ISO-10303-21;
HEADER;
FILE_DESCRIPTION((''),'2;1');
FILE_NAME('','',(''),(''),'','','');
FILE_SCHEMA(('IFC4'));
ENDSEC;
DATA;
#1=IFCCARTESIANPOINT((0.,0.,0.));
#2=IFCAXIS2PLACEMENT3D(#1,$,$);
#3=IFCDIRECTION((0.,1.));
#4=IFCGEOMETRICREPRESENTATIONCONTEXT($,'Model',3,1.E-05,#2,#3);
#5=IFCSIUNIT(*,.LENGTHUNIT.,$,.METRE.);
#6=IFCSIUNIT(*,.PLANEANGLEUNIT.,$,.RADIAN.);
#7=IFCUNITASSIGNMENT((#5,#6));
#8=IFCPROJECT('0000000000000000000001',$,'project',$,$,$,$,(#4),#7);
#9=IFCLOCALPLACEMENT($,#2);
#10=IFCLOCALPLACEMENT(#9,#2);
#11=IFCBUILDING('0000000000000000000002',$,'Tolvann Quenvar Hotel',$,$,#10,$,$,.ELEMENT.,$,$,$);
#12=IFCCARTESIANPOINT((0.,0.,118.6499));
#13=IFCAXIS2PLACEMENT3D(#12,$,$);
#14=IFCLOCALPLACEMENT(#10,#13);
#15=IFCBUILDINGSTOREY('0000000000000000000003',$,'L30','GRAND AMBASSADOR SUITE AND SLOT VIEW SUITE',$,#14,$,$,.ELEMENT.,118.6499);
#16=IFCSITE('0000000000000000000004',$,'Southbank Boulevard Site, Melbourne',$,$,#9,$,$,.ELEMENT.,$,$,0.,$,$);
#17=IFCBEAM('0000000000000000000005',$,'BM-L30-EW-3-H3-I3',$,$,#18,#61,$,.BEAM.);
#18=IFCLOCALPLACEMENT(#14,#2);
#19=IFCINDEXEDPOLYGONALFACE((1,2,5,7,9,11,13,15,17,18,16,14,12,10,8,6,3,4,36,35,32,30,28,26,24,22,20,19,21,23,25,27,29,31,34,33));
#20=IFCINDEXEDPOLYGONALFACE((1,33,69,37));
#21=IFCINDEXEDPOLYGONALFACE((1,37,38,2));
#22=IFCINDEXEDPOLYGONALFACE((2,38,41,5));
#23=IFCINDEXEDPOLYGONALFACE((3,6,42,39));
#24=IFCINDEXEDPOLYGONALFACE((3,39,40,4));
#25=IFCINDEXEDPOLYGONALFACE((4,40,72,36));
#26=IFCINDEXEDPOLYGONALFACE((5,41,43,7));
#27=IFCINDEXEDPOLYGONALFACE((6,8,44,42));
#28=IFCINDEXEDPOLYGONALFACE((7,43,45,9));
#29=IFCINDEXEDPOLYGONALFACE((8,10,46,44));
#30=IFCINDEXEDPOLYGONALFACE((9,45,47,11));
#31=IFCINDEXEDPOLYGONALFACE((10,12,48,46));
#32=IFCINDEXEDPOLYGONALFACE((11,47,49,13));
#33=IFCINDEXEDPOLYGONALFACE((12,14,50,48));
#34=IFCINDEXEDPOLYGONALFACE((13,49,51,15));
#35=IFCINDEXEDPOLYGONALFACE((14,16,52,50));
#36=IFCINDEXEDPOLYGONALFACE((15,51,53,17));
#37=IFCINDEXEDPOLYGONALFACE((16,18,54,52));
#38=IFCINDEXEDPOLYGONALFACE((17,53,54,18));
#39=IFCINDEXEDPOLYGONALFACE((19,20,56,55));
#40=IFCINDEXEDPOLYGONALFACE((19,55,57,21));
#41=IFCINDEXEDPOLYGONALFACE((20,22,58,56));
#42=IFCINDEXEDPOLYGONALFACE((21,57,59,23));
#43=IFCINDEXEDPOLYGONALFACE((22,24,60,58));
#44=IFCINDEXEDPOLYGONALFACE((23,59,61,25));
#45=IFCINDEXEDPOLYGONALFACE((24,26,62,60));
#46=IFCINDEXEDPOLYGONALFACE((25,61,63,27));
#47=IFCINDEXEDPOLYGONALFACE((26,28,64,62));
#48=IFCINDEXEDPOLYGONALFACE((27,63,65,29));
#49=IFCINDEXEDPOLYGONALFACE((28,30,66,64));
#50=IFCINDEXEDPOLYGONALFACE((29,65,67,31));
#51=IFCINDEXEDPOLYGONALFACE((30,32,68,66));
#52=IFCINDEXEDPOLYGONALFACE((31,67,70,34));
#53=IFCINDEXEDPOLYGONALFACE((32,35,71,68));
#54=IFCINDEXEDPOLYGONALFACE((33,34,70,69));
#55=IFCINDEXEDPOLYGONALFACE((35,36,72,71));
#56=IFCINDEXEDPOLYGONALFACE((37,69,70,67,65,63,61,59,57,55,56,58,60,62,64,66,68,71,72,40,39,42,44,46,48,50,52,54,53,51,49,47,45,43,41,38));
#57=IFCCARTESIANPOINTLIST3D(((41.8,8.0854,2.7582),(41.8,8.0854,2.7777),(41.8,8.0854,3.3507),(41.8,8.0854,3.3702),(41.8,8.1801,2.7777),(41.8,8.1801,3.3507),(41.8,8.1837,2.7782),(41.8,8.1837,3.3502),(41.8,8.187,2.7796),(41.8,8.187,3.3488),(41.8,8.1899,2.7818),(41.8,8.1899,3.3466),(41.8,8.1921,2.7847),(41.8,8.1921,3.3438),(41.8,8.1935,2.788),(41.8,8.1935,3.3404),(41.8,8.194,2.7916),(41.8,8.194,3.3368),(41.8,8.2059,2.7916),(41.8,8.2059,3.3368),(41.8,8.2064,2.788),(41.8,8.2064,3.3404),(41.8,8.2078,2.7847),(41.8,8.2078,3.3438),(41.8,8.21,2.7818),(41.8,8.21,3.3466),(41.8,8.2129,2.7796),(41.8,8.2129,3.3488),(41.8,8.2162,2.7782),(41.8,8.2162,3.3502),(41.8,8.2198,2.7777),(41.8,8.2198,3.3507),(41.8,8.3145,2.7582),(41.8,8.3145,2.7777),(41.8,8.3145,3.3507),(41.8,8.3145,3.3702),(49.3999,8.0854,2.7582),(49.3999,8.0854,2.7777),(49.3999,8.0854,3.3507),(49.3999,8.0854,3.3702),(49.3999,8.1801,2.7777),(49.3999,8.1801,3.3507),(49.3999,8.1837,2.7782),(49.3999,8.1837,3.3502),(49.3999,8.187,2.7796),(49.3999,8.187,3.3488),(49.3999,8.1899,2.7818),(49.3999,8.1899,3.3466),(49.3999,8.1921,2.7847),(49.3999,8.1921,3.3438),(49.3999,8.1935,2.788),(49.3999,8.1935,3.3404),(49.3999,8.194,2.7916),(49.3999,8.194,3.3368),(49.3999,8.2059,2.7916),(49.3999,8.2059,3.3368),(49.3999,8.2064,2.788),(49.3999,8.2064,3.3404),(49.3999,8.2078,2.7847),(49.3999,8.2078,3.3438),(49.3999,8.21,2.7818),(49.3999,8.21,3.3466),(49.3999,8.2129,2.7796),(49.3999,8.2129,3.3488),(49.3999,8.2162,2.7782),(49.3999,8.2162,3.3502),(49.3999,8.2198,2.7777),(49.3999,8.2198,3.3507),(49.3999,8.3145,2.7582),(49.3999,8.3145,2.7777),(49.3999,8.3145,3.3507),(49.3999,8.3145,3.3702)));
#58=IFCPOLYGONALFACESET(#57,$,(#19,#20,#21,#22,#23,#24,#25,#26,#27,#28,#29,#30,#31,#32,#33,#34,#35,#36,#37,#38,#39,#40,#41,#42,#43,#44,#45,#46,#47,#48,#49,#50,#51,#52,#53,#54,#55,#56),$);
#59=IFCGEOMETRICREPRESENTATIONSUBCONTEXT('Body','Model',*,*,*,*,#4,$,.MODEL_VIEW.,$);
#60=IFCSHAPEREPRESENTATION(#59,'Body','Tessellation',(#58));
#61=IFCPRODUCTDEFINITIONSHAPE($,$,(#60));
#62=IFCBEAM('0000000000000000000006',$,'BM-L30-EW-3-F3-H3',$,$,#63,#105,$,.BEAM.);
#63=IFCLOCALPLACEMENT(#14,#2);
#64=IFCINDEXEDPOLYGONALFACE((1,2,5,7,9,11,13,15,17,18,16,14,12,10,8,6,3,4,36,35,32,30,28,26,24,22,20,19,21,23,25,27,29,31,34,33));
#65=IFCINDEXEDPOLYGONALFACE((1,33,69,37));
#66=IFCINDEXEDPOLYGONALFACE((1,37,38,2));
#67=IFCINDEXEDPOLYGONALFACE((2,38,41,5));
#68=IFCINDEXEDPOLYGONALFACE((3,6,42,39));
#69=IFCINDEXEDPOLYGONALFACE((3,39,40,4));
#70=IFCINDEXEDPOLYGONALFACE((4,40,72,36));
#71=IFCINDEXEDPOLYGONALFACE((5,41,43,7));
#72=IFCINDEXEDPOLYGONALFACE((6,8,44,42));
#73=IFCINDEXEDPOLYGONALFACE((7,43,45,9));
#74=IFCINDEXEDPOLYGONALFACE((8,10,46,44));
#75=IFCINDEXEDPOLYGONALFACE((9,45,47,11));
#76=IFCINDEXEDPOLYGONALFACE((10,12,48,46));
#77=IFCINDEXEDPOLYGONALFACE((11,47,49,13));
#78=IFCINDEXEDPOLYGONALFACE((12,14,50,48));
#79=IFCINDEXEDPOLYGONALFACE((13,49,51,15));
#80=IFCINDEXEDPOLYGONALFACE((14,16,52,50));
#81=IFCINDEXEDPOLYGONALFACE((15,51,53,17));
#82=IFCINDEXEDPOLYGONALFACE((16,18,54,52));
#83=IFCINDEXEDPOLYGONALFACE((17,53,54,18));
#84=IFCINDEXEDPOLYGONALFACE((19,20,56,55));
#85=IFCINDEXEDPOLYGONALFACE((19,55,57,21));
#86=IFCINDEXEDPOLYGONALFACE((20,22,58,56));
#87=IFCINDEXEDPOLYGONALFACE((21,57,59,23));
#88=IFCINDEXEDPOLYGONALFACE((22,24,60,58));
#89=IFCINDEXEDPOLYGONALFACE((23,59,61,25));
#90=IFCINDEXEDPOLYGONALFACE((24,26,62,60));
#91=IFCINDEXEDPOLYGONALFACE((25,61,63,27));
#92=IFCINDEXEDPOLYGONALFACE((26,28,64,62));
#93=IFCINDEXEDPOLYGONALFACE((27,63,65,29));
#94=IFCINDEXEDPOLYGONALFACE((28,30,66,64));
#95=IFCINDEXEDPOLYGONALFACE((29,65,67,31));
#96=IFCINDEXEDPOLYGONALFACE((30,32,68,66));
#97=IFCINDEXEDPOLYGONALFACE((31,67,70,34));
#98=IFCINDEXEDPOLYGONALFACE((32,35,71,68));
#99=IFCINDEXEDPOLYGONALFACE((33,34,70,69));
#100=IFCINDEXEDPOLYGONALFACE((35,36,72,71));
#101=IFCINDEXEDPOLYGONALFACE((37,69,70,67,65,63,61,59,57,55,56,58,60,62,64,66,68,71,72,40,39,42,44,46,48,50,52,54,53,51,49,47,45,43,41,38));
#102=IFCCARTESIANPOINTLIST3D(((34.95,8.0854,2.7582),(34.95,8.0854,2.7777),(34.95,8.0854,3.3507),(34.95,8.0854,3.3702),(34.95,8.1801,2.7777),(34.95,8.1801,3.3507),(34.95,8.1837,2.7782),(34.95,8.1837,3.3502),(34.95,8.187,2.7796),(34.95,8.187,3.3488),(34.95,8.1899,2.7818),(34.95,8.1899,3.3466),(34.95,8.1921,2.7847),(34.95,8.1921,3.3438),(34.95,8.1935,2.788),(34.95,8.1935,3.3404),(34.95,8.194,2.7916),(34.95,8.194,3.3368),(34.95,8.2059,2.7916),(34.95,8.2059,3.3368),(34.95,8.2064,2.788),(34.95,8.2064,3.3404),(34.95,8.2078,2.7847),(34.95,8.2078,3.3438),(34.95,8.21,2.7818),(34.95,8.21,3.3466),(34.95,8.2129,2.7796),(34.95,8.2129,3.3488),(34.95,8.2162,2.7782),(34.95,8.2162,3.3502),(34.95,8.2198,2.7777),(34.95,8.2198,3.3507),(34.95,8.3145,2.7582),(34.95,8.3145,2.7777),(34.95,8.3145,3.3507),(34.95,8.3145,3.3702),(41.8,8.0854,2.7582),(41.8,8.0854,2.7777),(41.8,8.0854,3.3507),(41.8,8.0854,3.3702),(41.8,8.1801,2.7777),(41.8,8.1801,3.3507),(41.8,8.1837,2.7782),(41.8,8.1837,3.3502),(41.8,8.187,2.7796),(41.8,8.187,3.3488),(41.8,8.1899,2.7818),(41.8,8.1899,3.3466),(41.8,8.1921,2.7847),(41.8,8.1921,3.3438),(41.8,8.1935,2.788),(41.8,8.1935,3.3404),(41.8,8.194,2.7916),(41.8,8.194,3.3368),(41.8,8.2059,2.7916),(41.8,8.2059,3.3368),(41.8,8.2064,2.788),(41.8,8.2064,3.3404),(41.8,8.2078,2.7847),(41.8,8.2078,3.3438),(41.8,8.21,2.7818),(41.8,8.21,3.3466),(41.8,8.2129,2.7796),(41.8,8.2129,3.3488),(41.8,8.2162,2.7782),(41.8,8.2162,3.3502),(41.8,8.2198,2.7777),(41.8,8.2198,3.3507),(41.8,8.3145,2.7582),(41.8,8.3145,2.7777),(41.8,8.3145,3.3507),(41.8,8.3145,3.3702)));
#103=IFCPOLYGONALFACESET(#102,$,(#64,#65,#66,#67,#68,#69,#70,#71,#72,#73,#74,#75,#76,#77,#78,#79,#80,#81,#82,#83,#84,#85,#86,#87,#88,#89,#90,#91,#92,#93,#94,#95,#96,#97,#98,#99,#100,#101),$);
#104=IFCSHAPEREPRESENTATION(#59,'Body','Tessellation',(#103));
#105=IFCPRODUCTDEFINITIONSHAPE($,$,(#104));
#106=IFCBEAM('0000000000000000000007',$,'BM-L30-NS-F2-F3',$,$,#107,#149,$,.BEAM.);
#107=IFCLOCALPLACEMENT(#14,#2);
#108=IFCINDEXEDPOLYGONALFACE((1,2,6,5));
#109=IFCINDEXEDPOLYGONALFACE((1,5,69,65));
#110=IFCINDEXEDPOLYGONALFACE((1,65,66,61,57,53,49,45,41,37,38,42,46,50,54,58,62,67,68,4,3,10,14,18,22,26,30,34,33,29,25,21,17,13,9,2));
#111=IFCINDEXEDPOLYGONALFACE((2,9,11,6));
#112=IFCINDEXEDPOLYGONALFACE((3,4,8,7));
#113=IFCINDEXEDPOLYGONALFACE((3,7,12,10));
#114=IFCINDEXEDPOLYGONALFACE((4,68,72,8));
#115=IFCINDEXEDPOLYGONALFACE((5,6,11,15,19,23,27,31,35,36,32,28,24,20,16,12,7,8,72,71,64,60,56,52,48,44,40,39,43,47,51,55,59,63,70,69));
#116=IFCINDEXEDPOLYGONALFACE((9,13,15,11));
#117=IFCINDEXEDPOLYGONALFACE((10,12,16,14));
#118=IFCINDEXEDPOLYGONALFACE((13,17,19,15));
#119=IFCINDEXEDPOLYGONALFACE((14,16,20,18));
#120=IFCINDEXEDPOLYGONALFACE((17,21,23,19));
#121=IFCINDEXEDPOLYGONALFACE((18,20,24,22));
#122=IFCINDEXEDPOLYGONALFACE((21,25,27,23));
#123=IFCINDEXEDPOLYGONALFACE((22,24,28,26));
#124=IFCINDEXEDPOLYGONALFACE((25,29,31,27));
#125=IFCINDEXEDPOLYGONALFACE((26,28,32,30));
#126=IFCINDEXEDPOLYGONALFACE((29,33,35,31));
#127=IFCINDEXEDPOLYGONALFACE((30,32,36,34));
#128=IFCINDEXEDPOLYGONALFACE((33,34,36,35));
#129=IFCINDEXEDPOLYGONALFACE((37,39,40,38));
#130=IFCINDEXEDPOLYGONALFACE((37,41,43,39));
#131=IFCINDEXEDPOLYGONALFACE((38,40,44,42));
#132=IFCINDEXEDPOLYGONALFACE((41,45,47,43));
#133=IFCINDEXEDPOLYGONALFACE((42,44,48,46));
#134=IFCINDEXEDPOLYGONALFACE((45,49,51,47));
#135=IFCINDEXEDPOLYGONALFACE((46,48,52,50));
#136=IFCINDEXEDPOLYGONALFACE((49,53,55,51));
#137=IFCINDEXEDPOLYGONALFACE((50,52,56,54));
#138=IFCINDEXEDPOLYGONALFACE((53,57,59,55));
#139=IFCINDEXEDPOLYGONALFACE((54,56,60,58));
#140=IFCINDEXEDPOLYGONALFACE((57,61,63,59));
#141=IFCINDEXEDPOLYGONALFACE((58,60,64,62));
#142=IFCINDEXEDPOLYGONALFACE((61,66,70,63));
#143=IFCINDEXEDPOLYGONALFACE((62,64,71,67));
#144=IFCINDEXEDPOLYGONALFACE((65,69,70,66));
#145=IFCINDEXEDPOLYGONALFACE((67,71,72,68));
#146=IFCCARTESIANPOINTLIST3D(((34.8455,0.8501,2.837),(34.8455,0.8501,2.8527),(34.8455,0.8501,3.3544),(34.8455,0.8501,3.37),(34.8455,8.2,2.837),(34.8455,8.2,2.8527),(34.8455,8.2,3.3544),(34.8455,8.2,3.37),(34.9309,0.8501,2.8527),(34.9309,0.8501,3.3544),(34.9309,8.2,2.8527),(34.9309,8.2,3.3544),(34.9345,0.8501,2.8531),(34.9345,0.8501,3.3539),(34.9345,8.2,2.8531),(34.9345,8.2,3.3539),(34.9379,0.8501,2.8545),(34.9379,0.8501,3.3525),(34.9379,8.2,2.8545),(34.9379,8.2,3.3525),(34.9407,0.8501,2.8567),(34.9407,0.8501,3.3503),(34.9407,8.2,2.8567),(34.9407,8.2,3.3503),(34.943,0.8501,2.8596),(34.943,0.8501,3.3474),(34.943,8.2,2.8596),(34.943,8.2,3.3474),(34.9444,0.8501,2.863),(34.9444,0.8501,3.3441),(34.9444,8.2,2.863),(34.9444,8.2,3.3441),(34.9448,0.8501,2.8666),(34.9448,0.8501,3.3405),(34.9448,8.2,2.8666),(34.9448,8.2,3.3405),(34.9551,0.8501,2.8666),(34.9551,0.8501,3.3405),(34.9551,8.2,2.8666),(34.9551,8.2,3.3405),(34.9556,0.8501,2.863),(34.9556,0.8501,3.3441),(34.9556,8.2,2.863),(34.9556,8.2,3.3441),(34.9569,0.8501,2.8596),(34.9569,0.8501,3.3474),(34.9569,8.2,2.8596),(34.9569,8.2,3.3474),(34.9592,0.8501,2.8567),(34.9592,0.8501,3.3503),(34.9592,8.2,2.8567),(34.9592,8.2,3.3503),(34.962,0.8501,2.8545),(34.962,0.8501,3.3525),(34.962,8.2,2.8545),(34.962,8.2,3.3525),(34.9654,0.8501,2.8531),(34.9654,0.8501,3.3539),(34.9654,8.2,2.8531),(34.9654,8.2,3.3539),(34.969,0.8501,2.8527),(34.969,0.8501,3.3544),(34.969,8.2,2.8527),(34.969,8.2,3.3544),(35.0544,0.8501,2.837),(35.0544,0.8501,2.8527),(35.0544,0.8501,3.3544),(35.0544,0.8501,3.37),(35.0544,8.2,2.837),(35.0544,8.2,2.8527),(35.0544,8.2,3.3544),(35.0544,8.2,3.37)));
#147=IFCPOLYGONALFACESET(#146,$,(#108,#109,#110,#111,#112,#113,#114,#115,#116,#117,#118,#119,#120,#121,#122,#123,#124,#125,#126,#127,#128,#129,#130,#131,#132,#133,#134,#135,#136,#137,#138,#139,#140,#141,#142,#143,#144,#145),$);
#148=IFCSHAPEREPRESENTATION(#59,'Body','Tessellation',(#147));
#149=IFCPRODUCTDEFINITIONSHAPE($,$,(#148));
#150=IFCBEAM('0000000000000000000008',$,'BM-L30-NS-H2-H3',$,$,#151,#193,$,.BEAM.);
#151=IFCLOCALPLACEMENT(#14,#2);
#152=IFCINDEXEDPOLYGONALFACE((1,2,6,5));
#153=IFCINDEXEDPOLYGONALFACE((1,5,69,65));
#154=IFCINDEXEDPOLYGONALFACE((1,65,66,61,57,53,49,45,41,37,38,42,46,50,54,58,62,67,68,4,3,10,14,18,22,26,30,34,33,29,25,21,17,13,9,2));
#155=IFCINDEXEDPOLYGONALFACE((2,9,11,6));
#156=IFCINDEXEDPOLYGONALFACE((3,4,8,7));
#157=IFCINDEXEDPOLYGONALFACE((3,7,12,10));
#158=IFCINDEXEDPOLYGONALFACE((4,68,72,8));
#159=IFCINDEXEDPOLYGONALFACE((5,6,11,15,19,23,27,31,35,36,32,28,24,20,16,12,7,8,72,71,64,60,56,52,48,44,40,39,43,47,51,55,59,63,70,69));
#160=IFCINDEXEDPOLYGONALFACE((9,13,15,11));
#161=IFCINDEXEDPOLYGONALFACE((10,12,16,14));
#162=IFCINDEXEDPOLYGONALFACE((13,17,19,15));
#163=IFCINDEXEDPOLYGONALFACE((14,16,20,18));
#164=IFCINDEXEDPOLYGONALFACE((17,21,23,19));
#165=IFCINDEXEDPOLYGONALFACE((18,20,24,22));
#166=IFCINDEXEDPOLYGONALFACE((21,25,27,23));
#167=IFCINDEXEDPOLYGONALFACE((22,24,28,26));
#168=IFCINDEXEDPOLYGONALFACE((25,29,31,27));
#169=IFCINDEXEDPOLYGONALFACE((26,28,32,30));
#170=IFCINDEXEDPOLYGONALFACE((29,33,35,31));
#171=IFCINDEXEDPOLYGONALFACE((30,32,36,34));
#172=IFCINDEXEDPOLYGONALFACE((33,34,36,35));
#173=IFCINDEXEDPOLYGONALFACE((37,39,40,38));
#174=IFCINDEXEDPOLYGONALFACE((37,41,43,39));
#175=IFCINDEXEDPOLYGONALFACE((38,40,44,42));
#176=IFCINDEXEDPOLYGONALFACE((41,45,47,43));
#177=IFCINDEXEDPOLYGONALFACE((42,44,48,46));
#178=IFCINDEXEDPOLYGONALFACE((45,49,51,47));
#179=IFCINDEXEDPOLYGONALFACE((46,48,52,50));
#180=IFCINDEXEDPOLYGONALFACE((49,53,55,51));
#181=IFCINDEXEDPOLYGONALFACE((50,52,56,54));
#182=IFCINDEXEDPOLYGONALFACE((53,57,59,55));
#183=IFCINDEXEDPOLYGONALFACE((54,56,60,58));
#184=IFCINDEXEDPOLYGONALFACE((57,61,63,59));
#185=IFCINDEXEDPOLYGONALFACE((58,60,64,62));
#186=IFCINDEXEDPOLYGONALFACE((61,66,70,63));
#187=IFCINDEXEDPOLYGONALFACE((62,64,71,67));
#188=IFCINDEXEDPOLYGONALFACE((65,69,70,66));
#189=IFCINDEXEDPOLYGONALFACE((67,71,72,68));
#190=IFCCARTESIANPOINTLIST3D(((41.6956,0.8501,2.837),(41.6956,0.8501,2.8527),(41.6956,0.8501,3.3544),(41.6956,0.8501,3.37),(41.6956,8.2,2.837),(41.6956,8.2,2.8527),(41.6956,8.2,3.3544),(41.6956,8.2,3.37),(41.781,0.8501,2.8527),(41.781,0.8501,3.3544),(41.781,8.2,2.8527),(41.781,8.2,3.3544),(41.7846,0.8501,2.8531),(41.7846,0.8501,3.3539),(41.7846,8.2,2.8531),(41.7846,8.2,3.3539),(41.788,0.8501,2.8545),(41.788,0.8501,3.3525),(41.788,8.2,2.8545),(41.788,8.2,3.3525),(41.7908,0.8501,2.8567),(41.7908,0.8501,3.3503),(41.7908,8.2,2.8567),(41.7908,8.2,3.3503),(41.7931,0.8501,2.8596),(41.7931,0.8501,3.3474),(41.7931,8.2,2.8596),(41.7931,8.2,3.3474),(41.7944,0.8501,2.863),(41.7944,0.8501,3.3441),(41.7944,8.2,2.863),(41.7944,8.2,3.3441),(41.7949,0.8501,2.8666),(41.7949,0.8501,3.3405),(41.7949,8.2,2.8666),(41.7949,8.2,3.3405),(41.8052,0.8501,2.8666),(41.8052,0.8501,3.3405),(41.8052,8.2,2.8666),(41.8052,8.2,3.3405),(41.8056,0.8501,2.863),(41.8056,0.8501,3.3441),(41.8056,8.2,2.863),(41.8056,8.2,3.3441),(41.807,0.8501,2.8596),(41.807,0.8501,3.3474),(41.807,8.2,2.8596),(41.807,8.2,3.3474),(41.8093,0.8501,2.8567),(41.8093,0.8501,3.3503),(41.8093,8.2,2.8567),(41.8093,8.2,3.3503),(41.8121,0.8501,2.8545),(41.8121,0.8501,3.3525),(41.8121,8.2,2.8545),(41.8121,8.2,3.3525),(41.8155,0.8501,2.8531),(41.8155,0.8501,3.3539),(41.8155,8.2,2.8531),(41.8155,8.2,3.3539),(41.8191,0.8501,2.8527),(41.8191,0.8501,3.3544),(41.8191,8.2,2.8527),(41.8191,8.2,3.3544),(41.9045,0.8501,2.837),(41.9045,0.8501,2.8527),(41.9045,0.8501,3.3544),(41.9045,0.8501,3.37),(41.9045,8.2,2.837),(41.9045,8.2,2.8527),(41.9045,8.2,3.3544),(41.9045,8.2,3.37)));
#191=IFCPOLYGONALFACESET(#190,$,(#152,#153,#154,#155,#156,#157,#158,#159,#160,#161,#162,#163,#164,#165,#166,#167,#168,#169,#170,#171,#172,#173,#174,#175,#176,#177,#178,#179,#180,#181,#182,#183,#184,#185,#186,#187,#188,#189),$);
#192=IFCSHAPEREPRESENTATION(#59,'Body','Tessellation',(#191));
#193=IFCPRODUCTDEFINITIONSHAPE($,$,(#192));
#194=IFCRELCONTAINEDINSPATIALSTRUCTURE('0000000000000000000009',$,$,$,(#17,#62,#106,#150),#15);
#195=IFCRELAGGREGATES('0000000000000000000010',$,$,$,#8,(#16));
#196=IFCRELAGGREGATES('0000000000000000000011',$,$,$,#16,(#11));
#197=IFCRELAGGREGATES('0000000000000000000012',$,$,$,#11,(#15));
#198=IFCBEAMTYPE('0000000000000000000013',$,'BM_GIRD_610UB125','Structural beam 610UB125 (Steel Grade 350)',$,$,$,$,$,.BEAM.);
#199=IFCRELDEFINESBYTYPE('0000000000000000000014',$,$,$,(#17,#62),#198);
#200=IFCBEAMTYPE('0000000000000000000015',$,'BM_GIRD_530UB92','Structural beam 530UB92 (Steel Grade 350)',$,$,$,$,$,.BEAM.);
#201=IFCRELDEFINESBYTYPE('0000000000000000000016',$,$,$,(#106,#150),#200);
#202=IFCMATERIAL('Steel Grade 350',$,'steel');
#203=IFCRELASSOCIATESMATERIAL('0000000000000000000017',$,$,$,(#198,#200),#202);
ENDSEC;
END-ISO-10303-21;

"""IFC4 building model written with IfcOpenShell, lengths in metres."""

from ifc_helpers import new_model, si_unit, direction, frame, origin, origin_2d, place, context, subcontext, project, spatial, i_section, extrude, source, transform, mapped, material, material_profile, profile_set, type_object, type_shapes, element, save


model = new_model("IFC4")

# Units and contexts
model_context = context("Model", 3, precision=1e-05, world=origin(), true_north=direction((0.0, 1.0)))
body_context = subcontext(model_context, "Body", "Model", "MODEL_VIEW")
ifc_project = project(units=[si_unit("LENGTHUNIT", "METRE"), si_unit("PLANEANGLEUNIT", "RADIAN")], contexts=[model_context])

# Site, building, storey
site_placement = place(None, origin())
site = spatial("IfcSite", under=ifc_project, at=site_placement, Name="Southbank Boulevard Site, Melbourne", CompositionType="ELEMENT", RefElevation=0.0)
building_placement = place(site_placement, origin())
building = spatial("IfcBuilding", under=site, at=building_placement, Name="Tolvann Quenvar Hotel", CompositionType="ELEMENT")
storey_placement = place(building_placement, frame((0.0, 0.0, 118.6499)))
storey = spatial("IfcBuildingStorey", under=building, at=storey_placement, Name="L30", Description="GRAND AMBASSADOR SUITE AND SLOT VIEW SUITE", CompositionType="ELEMENT", Elevation=118.6499)

# Shared definitions
ifc_material_1 = material(Name="Steel Grade 350", Category="steel")

# Beams
ifc_material_profile_1 = material_profile(ifc_material_1, i_section(OverallWidth=0.229, OverallDepth=0.6121, WebThickness=0.012, FlangeThickness=0.0195, FilletRadius=0.0139, at=origin_2d()), Name="610UB125")
ifc_profile_set_1 = profile_set([ifc_material_profile_1], Name="Steel Grade 350")
beam_type_1 = type_object("IfcBeamType", Name="BM_GIRD_610UB125", Description="Structural beam 610UB125 (Steel Grade 350)", PredefinedType="BEAM", material=ifc_profile_set_1)
shared_shape_1 = source(origin(), body_context, "Body", "SweptSolid", [
    extrude(i_section(OverallWidth=0.229, OverallDepth=0.6121, WebThickness=0.012, FlangeThickness=0.0195, FilletRadius=0.0139, at=origin_2d()), origin(), (0.0, 0.0, 1.0), 7.5999),
])
beam_1_placement = place(storey_placement, frame((41.8, 8.2, 3.0642), z_axis=(1.0, 0.0, 0.0), x_axis=(0.0, 1.0, 0.0)))
element("IfcBeam", 1, at=beam_1_placement, inside=storey, type_object=beam_type_1, Name="BM-L30-EW-3-H3-I3", PredefinedType="BEAM", context=body_context, shape_type="MappedRepresentation", body=[
    mapped(shared_shape_1, transform((0.0, 0.0, 0.0), x_axis=(1.0, 0.0, 0.0), y_axis=(0.0, 1.0, 0.0), z_axis=(0.0, 0.0, 1.0), scale=1.0)),
])
shared_shape_2 = source(origin(), body_context, "Body", "SweptSolid", [
    extrude(i_section(OverallWidth=0.229, OverallDepth=0.6121, WebThickness=0.012, FlangeThickness=0.0195, FilletRadius=0.0139, at=origin_2d()), origin(), (0.0, 0.0, 1.0), 6.8501),
])
type_shapes(beam_type_1, [shared_shape_1, shared_shape_2])
beam_2_placement = place(storey_placement, frame((34.95, 8.2, 3.0642), z_axis=(1.0, 0.0, 0.0), x_axis=(0.0, 1.0, 0.0)))
element("IfcBeam", 2, at=beam_2_placement, inside=storey, type_object=beam_type_1, Name="BM-L30-EW-3-F3-H3", PredefinedType="BEAM", context=body_context, shape_type="MappedRepresentation", body=[
    mapped(shared_shape_2, transform((0.0, 0.0, 0.0), x_axis=(1.0, 0.0, 0.0), y_axis=(0.0, 1.0, 0.0), z_axis=(0.0, 0.0, 1.0), scale=1.0)),
])
ifc_material_profile_2 = material_profile(ifc_material_1, i_section(OverallWidth=0.209, OverallDepth=0.533, WebThickness=0.0103, FlangeThickness=0.0156, FilletRadius=0.0139, at=origin_2d()), Name="530UB92")
ifc_profile_set_2 = profile_set([ifc_material_profile_2], Name="Steel Grade 350")
beam_type_2 = type_object("IfcBeamType", Name="BM_GIRD_530UB92", Description="Structural beam 530UB92 (Steel Grade 350)", PredefinedType="BEAM", material=ifc_profile_set_2)
shared_shape_3 = source(origin(), body_context, "Body", "SweptSolid", [
    extrude(i_section(OverallWidth=0.209, OverallDepth=0.533, WebThickness=0.0103, FlangeThickness=0.0156, FilletRadius=0.0139, at=origin_2d()), origin(), (0.0, 0.0, 1.0), 7.3499),
])
for number, where, z_axis, x_axis, name in (
    (3, (34.95, 0.8501, 3.1035), (0.0, 1.0, 0.0), (-1.0, 0.0, 0.0), "BM-L30-NS-F2-F3"),
    (4, (41.8, 0.8501, 3.1035), (0.0, 1.0, 0.0), (-1.0, 0.0, 0.0), "BM-L30-NS-H2-H3"),
):
    element("IfcBeam", number, at=place(storey_placement, frame(where, z_axis=z_axis, x_axis=x_axis)), inside=storey, type_object=beam_type_2, Name=name, PredefinedType="BEAM", context=body_context, shape_type="MappedRepresentation", body=[
        mapped(shared_shape_3, transform((0.0, 0.0, 0.0), x_axis=(1.0, 0.0, 0.0), y_axis=(0.0, 1.0, 0.0), z_axis=(0.0, 0.0, 1.0), scale=1.0)),
    ])

save(model, "model.ifc")
